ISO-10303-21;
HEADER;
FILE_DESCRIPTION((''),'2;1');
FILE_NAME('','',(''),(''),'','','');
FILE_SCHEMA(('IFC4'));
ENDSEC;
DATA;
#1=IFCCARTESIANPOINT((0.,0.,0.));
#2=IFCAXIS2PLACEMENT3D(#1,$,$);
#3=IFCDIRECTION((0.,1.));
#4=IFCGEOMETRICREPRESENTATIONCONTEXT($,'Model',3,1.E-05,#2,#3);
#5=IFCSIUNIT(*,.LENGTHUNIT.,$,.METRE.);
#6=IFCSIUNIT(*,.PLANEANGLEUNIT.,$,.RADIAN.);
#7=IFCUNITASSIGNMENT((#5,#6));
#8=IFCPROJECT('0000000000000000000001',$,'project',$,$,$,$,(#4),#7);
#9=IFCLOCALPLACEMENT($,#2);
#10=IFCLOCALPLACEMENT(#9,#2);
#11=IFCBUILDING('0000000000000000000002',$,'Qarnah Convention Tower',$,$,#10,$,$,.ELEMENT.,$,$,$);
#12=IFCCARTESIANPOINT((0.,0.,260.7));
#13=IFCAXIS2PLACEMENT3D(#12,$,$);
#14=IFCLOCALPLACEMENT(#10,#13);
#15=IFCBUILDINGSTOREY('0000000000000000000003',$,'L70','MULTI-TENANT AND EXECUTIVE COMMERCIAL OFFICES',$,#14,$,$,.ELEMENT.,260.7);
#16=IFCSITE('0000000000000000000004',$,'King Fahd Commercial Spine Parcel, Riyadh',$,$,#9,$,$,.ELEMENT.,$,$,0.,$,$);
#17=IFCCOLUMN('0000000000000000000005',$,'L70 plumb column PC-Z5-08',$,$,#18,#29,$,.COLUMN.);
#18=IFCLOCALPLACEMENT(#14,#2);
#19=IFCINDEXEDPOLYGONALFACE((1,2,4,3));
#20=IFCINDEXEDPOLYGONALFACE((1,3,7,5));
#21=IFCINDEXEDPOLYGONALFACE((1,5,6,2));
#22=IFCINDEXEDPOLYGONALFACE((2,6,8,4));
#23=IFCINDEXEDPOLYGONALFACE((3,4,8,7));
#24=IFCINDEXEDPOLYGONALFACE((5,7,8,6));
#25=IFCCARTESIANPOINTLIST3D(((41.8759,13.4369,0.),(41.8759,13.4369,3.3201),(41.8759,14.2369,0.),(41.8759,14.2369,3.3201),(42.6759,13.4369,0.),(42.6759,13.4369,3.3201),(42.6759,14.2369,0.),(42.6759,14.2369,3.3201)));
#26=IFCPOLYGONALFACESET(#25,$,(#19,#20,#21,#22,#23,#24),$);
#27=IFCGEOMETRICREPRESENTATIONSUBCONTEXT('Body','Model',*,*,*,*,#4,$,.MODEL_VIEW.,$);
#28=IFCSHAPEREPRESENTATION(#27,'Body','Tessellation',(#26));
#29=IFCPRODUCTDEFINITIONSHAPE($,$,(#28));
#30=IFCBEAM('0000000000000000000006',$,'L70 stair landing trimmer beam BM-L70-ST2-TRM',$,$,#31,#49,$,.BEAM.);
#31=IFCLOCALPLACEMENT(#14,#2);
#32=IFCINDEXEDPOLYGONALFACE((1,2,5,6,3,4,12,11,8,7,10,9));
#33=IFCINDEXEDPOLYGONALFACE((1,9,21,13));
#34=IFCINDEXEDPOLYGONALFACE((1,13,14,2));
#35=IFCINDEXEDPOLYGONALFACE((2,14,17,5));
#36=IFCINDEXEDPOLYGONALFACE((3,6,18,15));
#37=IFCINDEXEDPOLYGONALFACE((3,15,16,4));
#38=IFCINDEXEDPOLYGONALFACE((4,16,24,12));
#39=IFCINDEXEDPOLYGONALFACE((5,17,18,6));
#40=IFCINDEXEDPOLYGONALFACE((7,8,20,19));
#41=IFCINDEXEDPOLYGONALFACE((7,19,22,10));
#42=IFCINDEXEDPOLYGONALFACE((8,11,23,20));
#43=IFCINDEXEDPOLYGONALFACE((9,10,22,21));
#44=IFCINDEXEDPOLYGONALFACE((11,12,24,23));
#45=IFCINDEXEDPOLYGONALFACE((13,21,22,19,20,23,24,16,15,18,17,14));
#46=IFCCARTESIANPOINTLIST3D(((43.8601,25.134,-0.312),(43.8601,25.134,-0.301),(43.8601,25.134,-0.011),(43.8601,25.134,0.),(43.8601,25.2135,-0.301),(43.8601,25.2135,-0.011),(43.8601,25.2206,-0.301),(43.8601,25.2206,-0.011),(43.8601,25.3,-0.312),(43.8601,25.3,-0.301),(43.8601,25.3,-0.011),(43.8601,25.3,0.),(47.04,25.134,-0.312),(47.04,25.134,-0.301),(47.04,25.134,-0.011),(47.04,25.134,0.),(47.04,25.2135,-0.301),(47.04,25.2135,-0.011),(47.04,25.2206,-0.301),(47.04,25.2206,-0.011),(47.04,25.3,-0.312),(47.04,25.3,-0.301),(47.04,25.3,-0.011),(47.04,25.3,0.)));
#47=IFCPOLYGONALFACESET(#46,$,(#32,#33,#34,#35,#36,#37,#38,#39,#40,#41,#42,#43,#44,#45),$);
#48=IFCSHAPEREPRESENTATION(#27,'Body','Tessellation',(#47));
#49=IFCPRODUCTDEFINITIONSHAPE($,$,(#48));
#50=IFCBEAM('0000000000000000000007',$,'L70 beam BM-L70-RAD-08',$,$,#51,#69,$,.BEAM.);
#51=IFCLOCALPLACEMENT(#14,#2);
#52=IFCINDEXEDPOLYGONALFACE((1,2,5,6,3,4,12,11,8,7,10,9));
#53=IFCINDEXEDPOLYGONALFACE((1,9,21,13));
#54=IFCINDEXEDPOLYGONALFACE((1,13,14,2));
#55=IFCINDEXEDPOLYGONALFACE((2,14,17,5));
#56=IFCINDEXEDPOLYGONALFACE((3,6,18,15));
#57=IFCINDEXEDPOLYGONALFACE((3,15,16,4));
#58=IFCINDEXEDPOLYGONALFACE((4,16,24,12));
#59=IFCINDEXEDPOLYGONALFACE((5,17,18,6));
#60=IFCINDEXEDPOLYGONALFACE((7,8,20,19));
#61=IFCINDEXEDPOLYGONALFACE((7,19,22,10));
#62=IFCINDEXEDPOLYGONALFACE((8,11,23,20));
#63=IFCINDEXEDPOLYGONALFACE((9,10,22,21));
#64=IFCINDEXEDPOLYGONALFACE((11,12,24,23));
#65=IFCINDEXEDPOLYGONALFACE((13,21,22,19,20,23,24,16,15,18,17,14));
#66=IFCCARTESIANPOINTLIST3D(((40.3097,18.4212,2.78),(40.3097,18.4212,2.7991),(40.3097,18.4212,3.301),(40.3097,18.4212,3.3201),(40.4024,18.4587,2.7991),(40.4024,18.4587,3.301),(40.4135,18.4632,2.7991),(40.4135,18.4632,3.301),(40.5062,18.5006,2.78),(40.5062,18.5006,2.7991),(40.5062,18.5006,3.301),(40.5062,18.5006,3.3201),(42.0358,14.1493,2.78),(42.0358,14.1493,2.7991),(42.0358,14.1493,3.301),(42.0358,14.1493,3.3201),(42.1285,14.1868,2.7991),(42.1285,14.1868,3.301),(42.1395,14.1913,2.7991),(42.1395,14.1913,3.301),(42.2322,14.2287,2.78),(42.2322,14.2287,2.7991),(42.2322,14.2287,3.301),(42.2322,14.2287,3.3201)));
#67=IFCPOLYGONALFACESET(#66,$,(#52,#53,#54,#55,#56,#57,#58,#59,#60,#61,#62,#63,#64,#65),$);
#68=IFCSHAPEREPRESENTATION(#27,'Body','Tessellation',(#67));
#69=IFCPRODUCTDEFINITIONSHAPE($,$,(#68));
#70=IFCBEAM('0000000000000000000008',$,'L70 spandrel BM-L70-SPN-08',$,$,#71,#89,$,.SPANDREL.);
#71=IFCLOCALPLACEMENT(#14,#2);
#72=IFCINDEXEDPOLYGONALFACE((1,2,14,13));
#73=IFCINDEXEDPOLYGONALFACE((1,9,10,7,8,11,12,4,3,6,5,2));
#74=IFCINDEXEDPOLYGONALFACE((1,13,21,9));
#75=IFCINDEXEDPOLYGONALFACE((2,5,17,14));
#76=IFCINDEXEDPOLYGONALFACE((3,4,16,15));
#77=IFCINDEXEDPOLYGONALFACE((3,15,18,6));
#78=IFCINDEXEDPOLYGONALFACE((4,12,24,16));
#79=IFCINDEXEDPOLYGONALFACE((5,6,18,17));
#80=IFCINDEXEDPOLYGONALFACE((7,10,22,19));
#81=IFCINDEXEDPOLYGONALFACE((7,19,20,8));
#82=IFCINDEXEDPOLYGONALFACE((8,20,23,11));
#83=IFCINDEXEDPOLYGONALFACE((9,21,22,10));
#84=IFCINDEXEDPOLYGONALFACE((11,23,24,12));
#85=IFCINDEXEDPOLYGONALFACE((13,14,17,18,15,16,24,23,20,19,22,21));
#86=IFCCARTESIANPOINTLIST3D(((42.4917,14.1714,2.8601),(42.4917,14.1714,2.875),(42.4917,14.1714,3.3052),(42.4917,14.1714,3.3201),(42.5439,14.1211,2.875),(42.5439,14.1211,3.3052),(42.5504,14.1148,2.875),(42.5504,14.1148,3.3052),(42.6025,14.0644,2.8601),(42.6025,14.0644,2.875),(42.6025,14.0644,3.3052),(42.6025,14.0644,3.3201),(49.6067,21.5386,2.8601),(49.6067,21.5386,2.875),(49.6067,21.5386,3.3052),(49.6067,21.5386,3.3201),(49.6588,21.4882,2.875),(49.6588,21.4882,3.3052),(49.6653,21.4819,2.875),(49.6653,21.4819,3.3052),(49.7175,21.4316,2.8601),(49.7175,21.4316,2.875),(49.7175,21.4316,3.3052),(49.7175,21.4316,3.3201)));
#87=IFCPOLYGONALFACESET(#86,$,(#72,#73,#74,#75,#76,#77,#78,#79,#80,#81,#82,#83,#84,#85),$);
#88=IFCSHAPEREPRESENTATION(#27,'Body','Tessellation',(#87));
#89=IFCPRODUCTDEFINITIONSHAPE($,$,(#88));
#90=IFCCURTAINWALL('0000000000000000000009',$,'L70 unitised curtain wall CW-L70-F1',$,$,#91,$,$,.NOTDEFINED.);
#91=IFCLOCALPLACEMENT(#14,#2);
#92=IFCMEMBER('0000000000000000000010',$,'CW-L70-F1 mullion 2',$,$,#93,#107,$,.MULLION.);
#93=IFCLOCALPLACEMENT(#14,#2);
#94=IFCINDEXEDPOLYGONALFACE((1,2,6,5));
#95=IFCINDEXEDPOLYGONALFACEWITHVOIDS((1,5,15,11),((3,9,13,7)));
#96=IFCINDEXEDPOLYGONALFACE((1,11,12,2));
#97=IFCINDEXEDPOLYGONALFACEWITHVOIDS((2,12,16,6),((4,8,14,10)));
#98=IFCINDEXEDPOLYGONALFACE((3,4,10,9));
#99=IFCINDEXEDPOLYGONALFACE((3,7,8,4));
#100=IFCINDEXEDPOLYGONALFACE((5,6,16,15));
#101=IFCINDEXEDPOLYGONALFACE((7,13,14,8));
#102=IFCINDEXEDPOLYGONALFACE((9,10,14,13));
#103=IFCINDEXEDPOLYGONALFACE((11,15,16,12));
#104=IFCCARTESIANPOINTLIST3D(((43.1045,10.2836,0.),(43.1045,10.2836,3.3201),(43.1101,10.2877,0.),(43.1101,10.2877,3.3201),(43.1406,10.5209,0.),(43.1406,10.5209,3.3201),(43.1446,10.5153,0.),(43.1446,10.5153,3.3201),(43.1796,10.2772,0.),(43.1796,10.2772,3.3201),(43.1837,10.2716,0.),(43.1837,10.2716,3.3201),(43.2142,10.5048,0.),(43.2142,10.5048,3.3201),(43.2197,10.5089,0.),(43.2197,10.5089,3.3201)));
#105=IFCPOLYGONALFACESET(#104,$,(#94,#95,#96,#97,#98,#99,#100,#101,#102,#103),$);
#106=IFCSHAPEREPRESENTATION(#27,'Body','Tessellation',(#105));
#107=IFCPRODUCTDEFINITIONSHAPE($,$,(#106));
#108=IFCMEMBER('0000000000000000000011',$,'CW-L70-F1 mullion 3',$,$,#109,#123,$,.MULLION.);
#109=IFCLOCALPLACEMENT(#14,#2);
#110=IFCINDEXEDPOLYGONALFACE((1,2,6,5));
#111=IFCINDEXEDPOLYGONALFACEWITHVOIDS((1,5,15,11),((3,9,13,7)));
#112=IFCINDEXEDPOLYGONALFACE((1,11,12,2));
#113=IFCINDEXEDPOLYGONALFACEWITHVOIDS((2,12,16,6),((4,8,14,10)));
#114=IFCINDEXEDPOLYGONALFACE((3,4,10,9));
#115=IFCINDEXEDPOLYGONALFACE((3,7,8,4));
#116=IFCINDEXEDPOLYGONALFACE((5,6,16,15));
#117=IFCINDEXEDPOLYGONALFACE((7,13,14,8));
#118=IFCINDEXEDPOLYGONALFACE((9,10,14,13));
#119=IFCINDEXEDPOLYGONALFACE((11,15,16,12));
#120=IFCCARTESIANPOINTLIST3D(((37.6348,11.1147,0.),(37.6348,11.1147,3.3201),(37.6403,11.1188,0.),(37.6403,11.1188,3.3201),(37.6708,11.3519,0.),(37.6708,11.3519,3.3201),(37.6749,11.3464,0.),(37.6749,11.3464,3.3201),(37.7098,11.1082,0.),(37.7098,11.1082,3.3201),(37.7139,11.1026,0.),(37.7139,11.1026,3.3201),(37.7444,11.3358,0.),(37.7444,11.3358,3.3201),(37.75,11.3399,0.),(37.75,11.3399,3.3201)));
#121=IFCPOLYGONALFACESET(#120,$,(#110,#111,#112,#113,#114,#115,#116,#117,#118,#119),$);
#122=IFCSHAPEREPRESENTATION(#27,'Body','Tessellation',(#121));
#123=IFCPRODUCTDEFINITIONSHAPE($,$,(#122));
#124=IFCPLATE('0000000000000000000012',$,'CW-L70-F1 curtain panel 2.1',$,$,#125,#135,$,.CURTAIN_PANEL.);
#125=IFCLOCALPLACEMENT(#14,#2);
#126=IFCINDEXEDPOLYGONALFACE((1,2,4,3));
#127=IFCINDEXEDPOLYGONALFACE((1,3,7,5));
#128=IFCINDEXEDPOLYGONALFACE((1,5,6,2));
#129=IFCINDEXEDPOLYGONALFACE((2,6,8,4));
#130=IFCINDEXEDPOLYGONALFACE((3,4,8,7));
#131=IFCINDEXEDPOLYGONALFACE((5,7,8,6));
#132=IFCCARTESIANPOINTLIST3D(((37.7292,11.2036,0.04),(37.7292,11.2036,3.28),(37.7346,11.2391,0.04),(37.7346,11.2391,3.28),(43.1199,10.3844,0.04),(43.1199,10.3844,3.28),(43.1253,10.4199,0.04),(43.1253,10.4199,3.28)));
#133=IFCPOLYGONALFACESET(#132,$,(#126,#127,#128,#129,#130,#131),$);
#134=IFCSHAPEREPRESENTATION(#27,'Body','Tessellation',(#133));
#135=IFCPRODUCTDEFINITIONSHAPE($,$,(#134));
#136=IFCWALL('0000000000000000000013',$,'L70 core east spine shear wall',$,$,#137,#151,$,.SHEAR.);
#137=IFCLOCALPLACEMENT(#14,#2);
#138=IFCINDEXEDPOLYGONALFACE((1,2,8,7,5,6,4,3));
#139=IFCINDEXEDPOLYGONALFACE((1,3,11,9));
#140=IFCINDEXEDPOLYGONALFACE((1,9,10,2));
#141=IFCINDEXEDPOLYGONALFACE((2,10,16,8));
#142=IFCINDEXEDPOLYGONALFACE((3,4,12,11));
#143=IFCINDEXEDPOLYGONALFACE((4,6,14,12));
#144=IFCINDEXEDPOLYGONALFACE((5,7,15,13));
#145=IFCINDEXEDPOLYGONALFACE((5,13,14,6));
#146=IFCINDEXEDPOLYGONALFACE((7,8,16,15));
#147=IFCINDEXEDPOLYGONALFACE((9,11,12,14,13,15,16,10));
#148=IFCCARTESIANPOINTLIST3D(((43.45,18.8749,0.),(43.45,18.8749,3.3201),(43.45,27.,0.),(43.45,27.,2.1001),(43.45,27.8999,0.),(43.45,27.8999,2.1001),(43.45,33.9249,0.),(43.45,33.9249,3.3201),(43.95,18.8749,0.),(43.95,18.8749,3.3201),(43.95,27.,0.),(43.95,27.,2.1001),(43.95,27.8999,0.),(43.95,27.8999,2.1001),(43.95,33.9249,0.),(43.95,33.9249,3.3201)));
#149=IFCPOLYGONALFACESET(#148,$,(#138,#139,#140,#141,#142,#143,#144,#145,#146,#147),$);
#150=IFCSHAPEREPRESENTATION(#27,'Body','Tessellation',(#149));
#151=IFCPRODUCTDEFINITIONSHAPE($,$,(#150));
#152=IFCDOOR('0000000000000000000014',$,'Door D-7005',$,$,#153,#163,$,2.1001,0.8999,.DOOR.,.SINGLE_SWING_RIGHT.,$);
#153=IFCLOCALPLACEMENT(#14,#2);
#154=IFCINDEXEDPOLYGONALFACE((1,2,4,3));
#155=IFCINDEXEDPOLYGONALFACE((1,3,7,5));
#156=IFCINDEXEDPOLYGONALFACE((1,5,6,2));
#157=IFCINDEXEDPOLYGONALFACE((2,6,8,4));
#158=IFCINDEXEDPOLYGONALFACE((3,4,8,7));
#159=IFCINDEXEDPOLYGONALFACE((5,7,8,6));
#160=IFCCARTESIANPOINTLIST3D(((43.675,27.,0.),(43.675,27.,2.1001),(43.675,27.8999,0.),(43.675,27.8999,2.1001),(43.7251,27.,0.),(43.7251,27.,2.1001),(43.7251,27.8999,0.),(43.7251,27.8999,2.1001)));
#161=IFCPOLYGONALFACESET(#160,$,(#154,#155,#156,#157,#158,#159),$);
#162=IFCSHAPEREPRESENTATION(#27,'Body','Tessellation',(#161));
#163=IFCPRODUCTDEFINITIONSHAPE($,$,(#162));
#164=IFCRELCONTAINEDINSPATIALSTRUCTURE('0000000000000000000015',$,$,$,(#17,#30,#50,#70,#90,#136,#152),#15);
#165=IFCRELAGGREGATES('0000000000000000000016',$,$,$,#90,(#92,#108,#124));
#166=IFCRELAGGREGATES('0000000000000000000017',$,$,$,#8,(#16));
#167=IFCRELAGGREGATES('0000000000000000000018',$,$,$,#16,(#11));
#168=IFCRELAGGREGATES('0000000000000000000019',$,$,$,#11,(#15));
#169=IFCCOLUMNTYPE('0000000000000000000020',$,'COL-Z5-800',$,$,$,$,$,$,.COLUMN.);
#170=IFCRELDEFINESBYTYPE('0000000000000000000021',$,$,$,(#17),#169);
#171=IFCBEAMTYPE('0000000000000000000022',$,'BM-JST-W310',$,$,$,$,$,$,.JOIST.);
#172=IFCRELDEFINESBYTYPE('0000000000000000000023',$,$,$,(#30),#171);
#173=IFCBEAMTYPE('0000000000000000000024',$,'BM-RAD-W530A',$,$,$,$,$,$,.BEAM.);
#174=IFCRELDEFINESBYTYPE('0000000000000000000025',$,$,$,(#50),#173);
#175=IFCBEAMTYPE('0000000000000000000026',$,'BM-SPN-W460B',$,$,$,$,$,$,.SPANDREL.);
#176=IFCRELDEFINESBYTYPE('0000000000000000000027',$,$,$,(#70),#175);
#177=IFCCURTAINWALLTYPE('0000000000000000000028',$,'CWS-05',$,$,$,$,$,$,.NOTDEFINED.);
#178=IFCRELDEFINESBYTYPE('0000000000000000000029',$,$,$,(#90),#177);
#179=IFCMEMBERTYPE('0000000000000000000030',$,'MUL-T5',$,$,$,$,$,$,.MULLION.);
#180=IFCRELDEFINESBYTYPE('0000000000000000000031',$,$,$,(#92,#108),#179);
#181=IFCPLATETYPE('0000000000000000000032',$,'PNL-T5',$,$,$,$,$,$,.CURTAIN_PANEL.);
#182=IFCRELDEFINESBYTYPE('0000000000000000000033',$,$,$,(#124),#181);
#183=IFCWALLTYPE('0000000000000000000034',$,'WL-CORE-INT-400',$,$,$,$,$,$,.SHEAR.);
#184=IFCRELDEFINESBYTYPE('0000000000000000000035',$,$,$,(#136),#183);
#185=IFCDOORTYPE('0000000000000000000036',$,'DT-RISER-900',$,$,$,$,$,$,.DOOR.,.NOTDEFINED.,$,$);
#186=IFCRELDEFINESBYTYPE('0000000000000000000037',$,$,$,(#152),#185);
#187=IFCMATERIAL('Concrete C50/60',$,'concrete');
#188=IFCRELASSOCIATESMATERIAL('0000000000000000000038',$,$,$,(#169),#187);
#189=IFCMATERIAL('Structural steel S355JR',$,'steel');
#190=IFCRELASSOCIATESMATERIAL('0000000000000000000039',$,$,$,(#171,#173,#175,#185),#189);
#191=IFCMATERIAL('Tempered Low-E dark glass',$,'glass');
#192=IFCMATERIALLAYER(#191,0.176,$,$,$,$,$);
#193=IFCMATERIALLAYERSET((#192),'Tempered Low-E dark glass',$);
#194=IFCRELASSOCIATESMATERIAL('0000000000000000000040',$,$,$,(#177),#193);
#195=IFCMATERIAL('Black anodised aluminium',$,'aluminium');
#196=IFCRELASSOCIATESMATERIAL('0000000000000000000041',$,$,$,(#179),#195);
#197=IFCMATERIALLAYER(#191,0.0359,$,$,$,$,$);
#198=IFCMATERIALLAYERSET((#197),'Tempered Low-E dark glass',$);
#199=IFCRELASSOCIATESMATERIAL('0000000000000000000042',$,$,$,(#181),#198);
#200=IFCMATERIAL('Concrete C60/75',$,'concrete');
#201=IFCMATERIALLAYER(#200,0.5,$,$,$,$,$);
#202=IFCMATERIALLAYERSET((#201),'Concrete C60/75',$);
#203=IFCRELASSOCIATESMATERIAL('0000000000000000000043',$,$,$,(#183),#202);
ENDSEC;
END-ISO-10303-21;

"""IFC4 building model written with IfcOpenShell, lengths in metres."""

from ifc_helpers import new_model, si_unit, direction, frame, frame_2d, origin, origin_2d, place, context, subcontext, project, spatial, rectangle, hollow_rectangle, i_section, extrude, material, layer, layer_set, material_profile, profile_set, type_object, element, fill, aggregate, save


model = new_model("IFC4")

# Units and contexts
model_context = context("Model", 3, precision=1e-05, world=origin(), true_north=direction((0.0, 1.0)))
body_context = subcontext(model_context, "Body", "Model", "MODEL_VIEW")
ifc_project = project(units=[si_unit("LENGTHUNIT", "METRE"), si_unit("PLANEANGLEUNIT", "RADIAN")], contexts=[model_context])

# Site, building, storey
site_placement = place(None, origin())
site = spatial("IfcSite", under=ifc_project, at=site_placement, Name="King Fahd Commercial Spine Parcel, Riyadh", CompositionType="ELEMENT", RefElevation=0.0)
building_placement = place(site_placement, origin())
building = spatial("IfcBuilding", under=site, at=building_placement, Name="Qarnah Convention Tower", CompositionType="ELEMENT")
storey_placement = place(building_placement, frame((0.0, 0.0, 260.7)))
storey = spatial("IfcBuildingStorey", under=building, at=storey_placement, Name="L70", Description="MULTI-TENANT AND EXECUTIVE COMMERCIAL OFFICES", CompositionType="ELEMENT", Elevation=260.7)

# Column
ifc_material_1 = material(Name="Concrete C50/60", Category="concrete")
ifc_material_profile_1 = material_profile(ifc_material_1, rectangle(XDim=0.8, YDim=0.8, at=origin_2d()), Name="RC-COL-800X800")
ifc_profile_set_1 = profile_set([ifc_material_profile_1], Name="Concrete C50/60")
column_type = type_object("IfcColumnType", Name="COL-Z5-800", PredefinedType="COLUMN", material=ifc_profile_set_1)
column_placement = place(storey_placement, frame((42.2759, 13.8369, 0.0), z_axis=(0.0, 0.0, 1.0), x_axis=(1.0, 0.0, 0.0)))
element("IfcColumn", 1, at=column_placement, inside=storey, type_object=column_type, Name="L70 plumb column PC-Z5-08", PredefinedType="COLUMN", context=body_context, shape_type="SweptSolid", body=[
    extrude(rectangle(XDim=0.8, YDim=0.8, at=origin_2d()), origin(), (0.0, 0.0, 1.0), 3.3201),
])

# Beams
ifc_material_2 = material(Name="Structural steel S355JR", Category="steel")
ifc_material_profile_2 = material_profile(ifc_material_2, i_section(OverallWidth=0.166, OverallDepth=0.312, WebThickness=0.0071, FlangeThickness=0.011, at=origin_2d()), Name="W310X45")
ifc_profile_set_2 = profile_set([ifc_material_profile_2], Name="Structural steel S355JR")
beam_type_1 = type_object("IfcBeamType", Name="BM-JST-W310", PredefinedType="JOIST", material=ifc_profile_set_2)
beam_1_placement = place(storey_placement, frame((43.8601, 25.217, -0.156), z_axis=(1.0, 0.0, 0.0), x_axis=(0.0, 1.0, 0.0)))
element("IfcBeam", 2, at=beam_1_placement, inside=storey, type_object=beam_type_1, Name="L70 stair landing trimmer beam BM-L70-ST2-TRM", PredefinedType="BEAM", context=body_context, shape_type="SweptSolid", body=[
    extrude(i_section(OverallWidth=0.166, OverallDepth=0.312, WebThickness=0.0071, FlangeThickness=0.011, at=origin_2d()), origin(), (0.0, 0.0, 1.0), 3.1799),
])
ifc_material_profile_3 = material_profile(ifc_material_2, i_section(OverallWidth=0.2119, OverallDepth=0.54, WebThickness=0.012, FlangeThickness=0.019, at=origin_2d()), Name="W530X109")
ifc_profile_set_3 = profile_set([ifc_material_profile_3], Name="Structural steel S355JR")
beam_type_2 = type_object("IfcBeamType", Name="BM-RAD-W530A", PredefinedType="BEAM", material=ifc_profile_set_3)
beam_2_placement = place(storey_placement, frame((40.408, 18.4609, 3.05), z_axis=(0.374622, -0.927177, 0.0), x_axis=(0.927177, 0.374622, 0.0)))
element("IfcBeam", 3, at=beam_2_placement, inside=storey, type_object=beam_type_2, Name="L70 beam BM-L70-RAD-08", PredefinedType="BEAM", context=body_context, shape_type="SweptSolid", body=[
    extrude(i_section(OverallWidth=0.2119, OverallDepth=0.54, WebThickness=0.012, FlangeThickness=0.019, at=origin_2d()), origin(), (0.0, 0.0, 1.0), 4.6074),
])
ifc_material_profile_4 = material_profile(ifc_material_2, i_section(OverallWidth=0.1541, OverallDepth=0.46, WebThickness=0.009, FlangeThickness=0.0149, at=origin_2d()), Name="W460X68")
ifc_profile_set_4 = profile_set([ifc_material_profile_4], Name="Structural steel S355JR")
beam_type_3 = type_object("IfcBeamType", Name="BM-SPN-W460B", PredefinedType="SPANDREL", material=ifc_profile_set_4)
beam_3_placement = place(storey_placement, frame((42.5471, 14.1179, 3.0901), z_axis=(0.694688, 0.719312, 0.0), x_axis=(-0.719312, 0.694688, 0.0)))
element("IfcBeam", 4, at=beam_3_placement, inside=storey, type_object=beam_type_3, Name="L70 spandrel BM-L70-SPN-08", PredefinedType="SPANDREL", context=body_context, shape_type="SweptSolid", body=[
    extrude(i_section(OverallWidth=0.1541, OverallDepth=0.46, WebThickness=0.009, FlangeThickness=0.0149, at=origin_2d()), origin(), (0.0, 0.0, 1.0), 10.2419),
])

# Curtain wall, members, plate
ifc_material_3 = material(Name="Tempered Low-E dark glass", Category="glass")
ifc_layer_1 = layer(ifc_material_3, 0.176)
ifc_layer_set_1 = layer_set([ifc_layer_1], Name="Tempered Low-E dark glass")
curtain_wall_type = type_object("IfcCurtainWallType", Name="CWS-05", PredefinedType="NOTDEFINED", material=ifc_layer_set_1)
curtain_wall_placement = place(storey_placement, origin())
curtain_wall = element("IfcCurtainWall", 5, at=curtain_wall_placement, inside=storey, type_object=curtain_wall_type, Name="L70 unitised curtain wall CW-L70-F1", PredefinedType="NOTDEFINED")
ifc_material_4 = material(Name="Black anodised aluminium", Category="aluminium")
ifc_material_profile_5 = material_profile(ifc_material_4, hollow_rectangle(XDim=0.0801, YDim=0.24, WallThickness=0.0049, at=origin_2d()), Name="MUL-80X240")
ifc_profile_set_5 = profile_set([ifc_material_profile_5], Name="Black anodised aluminium")
member_type = type_object("IfcMemberType", Name="MUL-T5", PredefinedType="MULLION", material=ifc_profile_set_5)
member_1_placement = place(storey_placement, frame((43.1621, 10.3962, 0.0), z_axis=(0.0, 0.0, 1.0), x_axis=(-0.98865, 0.150237, 0.0)))
member_1 = element("IfcMember", 6, at=member_1_placement, type_object=member_type, Name="CW-L70-F1 mullion 2", PredefinedType="MULLION", context=body_context, shape_type="SweptSolid", body=[
    extrude(hollow_rectangle(XDim=0.0801, YDim=0.24, WallThickness=0.0049, at=origin_2d()), origin(), (0.0, 0.0, 1.0), 3.3201),
])
member_2_placement = place(storey_placement, frame((37.6924, 11.2273, 0.0), z_axis=(0.0, 0.0, 1.0), x_axis=(-0.98865, 0.150237, 0.0)))
member_2 = element("IfcMember", 7, at=member_2_placement, type_object=member_type, Name="CW-L70-F1 mullion 3", PredefinedType="MULLION", context=body_context, shape_type="SweptSolid", body=[
    extrude(hollow_rectangle(XDim=0.0801, YDim=0.24, WallThickness=0.0049, at=origin_2d()), origin(), (0.0, 0.0, 1.0), 3.3201),
])
ifc_layer_2 = layer(ifc_material_3, 0.0359)
ifc_layer_set_2 = layer_set([ifc_layer_2], Name="Tempered Low-E dark glass")
plate_type = type_object("IfcPlateType", Name="PNL-T5", PredefinedType="CURTAIN_PANEL", material=ifc_layer_set_2)
plate_placement = place(storey_placement, frame((40.4272, 10.8118, 0.04), z_axis=(0.0, 0.0, 1.0), x_axis=(-0.98865, 0.150237, 0.0)))
plate = element("IfcPlate", 8, at=plate_placement, type_object=plate_type, Name="CW-L70-F1 curtain panel 2.1", PredefinedType="CURTAIN_PANEL", context=body_context, shape_type="SweptSolid", body=[
    extrude(rectangle(XDim=5.4526, YDim=0.0359, at=origin_2d()), origin(), (0.0, 0.0, 1.0), 3.24),
])
aggregate(curtain_wall, [member_1, member_2, plate])

# Wall, opening, door
ifc_material_5 = material(Name="Concrete C60/75", Category="concrete")
ifc_layer_3 = layer(ifc_material_5, 0.5)
ifc_layer_set_3 = layer_set([ifc_layer_3], Name="Concrete C60/75")
wall_type_1 = type_object("IfcWallType", Name="WL-CORE-INT-400", PredefinedType="SHEAR", material=ifc_layer_set_3)
wall_1_placement = place(storey_placement, frame((43.7, 18.875, 0.0), z_axis=(0.0, 0.0, 1.0), x_axis=(0.0, 1.0, 0.0)))
wall_1 = element("IfcWall", 9, at=wall_1_placement, inside=storey, type_object=wall_type_1, Name="L70 core east spine shear wall", PredefinedType="SHEAR", context=body_context, shape_type="SweptSolid", body=[
    extrude(rectangle(XDim=15.05, YDim=0.5, at=frame_2d((7.5249, 0.0))), origin(), (0.0, 0.0, 1.0), 3.3201),
])
opening_1_placement = place(wall_1_placement, frame((8.125, 0.0, 0.0)))
opening_1 = element("IfcOpeningElement", 10, at=opening_1_placement, cuts=wall_1, PredefinedType="OPENING", context=body_context, shape_type="SweptSolid", body=[
    extrude(rectangle(XDim=0.8999, YDim=2.1001, at=frame_2d((0.45, 1.05))), frame((0.0, 0.26, 0.0), z_axis=(0.0, -1.0, 0.0), x_axis=(1.0, 0.0, 0.0)), (0.0, 0.0, 1.0), 0.52),
])
door_type_1 = type_object("IfcDoorType", Name="DT-RISER-900", OperationType="NOTDEFINED", PredefinedType="DOOR", material=ifc_material_2)
door_1_placement = place(opening_1_placement, origin())
door_1 = element("IfcDoor", 11, at=door_1_placement, inside=storey, type_object=door_type_1, Name="Door D-7005", OperationType="SINGLE_SWING_RIGHT", OverallHeight=2.1001, OverallWidth=0.8999, PredefinedType="DOOR", context=body_context, shape_type="SweptSolid", body=[
    extrude(rectangle(XDim=0.8999, YDim=2.1001, at=frame_2d((0.45, 1.05))), frame((0.0, 0.0249, 0.0), z_axis=(0.0, -1.0, 0.0), x_axis=(1.0, 0.0, 0.0)), (0.0, 0.0, 1.0), 0.05),
])
fill(opening_1, door_1)

save(model, "model.ifc")
